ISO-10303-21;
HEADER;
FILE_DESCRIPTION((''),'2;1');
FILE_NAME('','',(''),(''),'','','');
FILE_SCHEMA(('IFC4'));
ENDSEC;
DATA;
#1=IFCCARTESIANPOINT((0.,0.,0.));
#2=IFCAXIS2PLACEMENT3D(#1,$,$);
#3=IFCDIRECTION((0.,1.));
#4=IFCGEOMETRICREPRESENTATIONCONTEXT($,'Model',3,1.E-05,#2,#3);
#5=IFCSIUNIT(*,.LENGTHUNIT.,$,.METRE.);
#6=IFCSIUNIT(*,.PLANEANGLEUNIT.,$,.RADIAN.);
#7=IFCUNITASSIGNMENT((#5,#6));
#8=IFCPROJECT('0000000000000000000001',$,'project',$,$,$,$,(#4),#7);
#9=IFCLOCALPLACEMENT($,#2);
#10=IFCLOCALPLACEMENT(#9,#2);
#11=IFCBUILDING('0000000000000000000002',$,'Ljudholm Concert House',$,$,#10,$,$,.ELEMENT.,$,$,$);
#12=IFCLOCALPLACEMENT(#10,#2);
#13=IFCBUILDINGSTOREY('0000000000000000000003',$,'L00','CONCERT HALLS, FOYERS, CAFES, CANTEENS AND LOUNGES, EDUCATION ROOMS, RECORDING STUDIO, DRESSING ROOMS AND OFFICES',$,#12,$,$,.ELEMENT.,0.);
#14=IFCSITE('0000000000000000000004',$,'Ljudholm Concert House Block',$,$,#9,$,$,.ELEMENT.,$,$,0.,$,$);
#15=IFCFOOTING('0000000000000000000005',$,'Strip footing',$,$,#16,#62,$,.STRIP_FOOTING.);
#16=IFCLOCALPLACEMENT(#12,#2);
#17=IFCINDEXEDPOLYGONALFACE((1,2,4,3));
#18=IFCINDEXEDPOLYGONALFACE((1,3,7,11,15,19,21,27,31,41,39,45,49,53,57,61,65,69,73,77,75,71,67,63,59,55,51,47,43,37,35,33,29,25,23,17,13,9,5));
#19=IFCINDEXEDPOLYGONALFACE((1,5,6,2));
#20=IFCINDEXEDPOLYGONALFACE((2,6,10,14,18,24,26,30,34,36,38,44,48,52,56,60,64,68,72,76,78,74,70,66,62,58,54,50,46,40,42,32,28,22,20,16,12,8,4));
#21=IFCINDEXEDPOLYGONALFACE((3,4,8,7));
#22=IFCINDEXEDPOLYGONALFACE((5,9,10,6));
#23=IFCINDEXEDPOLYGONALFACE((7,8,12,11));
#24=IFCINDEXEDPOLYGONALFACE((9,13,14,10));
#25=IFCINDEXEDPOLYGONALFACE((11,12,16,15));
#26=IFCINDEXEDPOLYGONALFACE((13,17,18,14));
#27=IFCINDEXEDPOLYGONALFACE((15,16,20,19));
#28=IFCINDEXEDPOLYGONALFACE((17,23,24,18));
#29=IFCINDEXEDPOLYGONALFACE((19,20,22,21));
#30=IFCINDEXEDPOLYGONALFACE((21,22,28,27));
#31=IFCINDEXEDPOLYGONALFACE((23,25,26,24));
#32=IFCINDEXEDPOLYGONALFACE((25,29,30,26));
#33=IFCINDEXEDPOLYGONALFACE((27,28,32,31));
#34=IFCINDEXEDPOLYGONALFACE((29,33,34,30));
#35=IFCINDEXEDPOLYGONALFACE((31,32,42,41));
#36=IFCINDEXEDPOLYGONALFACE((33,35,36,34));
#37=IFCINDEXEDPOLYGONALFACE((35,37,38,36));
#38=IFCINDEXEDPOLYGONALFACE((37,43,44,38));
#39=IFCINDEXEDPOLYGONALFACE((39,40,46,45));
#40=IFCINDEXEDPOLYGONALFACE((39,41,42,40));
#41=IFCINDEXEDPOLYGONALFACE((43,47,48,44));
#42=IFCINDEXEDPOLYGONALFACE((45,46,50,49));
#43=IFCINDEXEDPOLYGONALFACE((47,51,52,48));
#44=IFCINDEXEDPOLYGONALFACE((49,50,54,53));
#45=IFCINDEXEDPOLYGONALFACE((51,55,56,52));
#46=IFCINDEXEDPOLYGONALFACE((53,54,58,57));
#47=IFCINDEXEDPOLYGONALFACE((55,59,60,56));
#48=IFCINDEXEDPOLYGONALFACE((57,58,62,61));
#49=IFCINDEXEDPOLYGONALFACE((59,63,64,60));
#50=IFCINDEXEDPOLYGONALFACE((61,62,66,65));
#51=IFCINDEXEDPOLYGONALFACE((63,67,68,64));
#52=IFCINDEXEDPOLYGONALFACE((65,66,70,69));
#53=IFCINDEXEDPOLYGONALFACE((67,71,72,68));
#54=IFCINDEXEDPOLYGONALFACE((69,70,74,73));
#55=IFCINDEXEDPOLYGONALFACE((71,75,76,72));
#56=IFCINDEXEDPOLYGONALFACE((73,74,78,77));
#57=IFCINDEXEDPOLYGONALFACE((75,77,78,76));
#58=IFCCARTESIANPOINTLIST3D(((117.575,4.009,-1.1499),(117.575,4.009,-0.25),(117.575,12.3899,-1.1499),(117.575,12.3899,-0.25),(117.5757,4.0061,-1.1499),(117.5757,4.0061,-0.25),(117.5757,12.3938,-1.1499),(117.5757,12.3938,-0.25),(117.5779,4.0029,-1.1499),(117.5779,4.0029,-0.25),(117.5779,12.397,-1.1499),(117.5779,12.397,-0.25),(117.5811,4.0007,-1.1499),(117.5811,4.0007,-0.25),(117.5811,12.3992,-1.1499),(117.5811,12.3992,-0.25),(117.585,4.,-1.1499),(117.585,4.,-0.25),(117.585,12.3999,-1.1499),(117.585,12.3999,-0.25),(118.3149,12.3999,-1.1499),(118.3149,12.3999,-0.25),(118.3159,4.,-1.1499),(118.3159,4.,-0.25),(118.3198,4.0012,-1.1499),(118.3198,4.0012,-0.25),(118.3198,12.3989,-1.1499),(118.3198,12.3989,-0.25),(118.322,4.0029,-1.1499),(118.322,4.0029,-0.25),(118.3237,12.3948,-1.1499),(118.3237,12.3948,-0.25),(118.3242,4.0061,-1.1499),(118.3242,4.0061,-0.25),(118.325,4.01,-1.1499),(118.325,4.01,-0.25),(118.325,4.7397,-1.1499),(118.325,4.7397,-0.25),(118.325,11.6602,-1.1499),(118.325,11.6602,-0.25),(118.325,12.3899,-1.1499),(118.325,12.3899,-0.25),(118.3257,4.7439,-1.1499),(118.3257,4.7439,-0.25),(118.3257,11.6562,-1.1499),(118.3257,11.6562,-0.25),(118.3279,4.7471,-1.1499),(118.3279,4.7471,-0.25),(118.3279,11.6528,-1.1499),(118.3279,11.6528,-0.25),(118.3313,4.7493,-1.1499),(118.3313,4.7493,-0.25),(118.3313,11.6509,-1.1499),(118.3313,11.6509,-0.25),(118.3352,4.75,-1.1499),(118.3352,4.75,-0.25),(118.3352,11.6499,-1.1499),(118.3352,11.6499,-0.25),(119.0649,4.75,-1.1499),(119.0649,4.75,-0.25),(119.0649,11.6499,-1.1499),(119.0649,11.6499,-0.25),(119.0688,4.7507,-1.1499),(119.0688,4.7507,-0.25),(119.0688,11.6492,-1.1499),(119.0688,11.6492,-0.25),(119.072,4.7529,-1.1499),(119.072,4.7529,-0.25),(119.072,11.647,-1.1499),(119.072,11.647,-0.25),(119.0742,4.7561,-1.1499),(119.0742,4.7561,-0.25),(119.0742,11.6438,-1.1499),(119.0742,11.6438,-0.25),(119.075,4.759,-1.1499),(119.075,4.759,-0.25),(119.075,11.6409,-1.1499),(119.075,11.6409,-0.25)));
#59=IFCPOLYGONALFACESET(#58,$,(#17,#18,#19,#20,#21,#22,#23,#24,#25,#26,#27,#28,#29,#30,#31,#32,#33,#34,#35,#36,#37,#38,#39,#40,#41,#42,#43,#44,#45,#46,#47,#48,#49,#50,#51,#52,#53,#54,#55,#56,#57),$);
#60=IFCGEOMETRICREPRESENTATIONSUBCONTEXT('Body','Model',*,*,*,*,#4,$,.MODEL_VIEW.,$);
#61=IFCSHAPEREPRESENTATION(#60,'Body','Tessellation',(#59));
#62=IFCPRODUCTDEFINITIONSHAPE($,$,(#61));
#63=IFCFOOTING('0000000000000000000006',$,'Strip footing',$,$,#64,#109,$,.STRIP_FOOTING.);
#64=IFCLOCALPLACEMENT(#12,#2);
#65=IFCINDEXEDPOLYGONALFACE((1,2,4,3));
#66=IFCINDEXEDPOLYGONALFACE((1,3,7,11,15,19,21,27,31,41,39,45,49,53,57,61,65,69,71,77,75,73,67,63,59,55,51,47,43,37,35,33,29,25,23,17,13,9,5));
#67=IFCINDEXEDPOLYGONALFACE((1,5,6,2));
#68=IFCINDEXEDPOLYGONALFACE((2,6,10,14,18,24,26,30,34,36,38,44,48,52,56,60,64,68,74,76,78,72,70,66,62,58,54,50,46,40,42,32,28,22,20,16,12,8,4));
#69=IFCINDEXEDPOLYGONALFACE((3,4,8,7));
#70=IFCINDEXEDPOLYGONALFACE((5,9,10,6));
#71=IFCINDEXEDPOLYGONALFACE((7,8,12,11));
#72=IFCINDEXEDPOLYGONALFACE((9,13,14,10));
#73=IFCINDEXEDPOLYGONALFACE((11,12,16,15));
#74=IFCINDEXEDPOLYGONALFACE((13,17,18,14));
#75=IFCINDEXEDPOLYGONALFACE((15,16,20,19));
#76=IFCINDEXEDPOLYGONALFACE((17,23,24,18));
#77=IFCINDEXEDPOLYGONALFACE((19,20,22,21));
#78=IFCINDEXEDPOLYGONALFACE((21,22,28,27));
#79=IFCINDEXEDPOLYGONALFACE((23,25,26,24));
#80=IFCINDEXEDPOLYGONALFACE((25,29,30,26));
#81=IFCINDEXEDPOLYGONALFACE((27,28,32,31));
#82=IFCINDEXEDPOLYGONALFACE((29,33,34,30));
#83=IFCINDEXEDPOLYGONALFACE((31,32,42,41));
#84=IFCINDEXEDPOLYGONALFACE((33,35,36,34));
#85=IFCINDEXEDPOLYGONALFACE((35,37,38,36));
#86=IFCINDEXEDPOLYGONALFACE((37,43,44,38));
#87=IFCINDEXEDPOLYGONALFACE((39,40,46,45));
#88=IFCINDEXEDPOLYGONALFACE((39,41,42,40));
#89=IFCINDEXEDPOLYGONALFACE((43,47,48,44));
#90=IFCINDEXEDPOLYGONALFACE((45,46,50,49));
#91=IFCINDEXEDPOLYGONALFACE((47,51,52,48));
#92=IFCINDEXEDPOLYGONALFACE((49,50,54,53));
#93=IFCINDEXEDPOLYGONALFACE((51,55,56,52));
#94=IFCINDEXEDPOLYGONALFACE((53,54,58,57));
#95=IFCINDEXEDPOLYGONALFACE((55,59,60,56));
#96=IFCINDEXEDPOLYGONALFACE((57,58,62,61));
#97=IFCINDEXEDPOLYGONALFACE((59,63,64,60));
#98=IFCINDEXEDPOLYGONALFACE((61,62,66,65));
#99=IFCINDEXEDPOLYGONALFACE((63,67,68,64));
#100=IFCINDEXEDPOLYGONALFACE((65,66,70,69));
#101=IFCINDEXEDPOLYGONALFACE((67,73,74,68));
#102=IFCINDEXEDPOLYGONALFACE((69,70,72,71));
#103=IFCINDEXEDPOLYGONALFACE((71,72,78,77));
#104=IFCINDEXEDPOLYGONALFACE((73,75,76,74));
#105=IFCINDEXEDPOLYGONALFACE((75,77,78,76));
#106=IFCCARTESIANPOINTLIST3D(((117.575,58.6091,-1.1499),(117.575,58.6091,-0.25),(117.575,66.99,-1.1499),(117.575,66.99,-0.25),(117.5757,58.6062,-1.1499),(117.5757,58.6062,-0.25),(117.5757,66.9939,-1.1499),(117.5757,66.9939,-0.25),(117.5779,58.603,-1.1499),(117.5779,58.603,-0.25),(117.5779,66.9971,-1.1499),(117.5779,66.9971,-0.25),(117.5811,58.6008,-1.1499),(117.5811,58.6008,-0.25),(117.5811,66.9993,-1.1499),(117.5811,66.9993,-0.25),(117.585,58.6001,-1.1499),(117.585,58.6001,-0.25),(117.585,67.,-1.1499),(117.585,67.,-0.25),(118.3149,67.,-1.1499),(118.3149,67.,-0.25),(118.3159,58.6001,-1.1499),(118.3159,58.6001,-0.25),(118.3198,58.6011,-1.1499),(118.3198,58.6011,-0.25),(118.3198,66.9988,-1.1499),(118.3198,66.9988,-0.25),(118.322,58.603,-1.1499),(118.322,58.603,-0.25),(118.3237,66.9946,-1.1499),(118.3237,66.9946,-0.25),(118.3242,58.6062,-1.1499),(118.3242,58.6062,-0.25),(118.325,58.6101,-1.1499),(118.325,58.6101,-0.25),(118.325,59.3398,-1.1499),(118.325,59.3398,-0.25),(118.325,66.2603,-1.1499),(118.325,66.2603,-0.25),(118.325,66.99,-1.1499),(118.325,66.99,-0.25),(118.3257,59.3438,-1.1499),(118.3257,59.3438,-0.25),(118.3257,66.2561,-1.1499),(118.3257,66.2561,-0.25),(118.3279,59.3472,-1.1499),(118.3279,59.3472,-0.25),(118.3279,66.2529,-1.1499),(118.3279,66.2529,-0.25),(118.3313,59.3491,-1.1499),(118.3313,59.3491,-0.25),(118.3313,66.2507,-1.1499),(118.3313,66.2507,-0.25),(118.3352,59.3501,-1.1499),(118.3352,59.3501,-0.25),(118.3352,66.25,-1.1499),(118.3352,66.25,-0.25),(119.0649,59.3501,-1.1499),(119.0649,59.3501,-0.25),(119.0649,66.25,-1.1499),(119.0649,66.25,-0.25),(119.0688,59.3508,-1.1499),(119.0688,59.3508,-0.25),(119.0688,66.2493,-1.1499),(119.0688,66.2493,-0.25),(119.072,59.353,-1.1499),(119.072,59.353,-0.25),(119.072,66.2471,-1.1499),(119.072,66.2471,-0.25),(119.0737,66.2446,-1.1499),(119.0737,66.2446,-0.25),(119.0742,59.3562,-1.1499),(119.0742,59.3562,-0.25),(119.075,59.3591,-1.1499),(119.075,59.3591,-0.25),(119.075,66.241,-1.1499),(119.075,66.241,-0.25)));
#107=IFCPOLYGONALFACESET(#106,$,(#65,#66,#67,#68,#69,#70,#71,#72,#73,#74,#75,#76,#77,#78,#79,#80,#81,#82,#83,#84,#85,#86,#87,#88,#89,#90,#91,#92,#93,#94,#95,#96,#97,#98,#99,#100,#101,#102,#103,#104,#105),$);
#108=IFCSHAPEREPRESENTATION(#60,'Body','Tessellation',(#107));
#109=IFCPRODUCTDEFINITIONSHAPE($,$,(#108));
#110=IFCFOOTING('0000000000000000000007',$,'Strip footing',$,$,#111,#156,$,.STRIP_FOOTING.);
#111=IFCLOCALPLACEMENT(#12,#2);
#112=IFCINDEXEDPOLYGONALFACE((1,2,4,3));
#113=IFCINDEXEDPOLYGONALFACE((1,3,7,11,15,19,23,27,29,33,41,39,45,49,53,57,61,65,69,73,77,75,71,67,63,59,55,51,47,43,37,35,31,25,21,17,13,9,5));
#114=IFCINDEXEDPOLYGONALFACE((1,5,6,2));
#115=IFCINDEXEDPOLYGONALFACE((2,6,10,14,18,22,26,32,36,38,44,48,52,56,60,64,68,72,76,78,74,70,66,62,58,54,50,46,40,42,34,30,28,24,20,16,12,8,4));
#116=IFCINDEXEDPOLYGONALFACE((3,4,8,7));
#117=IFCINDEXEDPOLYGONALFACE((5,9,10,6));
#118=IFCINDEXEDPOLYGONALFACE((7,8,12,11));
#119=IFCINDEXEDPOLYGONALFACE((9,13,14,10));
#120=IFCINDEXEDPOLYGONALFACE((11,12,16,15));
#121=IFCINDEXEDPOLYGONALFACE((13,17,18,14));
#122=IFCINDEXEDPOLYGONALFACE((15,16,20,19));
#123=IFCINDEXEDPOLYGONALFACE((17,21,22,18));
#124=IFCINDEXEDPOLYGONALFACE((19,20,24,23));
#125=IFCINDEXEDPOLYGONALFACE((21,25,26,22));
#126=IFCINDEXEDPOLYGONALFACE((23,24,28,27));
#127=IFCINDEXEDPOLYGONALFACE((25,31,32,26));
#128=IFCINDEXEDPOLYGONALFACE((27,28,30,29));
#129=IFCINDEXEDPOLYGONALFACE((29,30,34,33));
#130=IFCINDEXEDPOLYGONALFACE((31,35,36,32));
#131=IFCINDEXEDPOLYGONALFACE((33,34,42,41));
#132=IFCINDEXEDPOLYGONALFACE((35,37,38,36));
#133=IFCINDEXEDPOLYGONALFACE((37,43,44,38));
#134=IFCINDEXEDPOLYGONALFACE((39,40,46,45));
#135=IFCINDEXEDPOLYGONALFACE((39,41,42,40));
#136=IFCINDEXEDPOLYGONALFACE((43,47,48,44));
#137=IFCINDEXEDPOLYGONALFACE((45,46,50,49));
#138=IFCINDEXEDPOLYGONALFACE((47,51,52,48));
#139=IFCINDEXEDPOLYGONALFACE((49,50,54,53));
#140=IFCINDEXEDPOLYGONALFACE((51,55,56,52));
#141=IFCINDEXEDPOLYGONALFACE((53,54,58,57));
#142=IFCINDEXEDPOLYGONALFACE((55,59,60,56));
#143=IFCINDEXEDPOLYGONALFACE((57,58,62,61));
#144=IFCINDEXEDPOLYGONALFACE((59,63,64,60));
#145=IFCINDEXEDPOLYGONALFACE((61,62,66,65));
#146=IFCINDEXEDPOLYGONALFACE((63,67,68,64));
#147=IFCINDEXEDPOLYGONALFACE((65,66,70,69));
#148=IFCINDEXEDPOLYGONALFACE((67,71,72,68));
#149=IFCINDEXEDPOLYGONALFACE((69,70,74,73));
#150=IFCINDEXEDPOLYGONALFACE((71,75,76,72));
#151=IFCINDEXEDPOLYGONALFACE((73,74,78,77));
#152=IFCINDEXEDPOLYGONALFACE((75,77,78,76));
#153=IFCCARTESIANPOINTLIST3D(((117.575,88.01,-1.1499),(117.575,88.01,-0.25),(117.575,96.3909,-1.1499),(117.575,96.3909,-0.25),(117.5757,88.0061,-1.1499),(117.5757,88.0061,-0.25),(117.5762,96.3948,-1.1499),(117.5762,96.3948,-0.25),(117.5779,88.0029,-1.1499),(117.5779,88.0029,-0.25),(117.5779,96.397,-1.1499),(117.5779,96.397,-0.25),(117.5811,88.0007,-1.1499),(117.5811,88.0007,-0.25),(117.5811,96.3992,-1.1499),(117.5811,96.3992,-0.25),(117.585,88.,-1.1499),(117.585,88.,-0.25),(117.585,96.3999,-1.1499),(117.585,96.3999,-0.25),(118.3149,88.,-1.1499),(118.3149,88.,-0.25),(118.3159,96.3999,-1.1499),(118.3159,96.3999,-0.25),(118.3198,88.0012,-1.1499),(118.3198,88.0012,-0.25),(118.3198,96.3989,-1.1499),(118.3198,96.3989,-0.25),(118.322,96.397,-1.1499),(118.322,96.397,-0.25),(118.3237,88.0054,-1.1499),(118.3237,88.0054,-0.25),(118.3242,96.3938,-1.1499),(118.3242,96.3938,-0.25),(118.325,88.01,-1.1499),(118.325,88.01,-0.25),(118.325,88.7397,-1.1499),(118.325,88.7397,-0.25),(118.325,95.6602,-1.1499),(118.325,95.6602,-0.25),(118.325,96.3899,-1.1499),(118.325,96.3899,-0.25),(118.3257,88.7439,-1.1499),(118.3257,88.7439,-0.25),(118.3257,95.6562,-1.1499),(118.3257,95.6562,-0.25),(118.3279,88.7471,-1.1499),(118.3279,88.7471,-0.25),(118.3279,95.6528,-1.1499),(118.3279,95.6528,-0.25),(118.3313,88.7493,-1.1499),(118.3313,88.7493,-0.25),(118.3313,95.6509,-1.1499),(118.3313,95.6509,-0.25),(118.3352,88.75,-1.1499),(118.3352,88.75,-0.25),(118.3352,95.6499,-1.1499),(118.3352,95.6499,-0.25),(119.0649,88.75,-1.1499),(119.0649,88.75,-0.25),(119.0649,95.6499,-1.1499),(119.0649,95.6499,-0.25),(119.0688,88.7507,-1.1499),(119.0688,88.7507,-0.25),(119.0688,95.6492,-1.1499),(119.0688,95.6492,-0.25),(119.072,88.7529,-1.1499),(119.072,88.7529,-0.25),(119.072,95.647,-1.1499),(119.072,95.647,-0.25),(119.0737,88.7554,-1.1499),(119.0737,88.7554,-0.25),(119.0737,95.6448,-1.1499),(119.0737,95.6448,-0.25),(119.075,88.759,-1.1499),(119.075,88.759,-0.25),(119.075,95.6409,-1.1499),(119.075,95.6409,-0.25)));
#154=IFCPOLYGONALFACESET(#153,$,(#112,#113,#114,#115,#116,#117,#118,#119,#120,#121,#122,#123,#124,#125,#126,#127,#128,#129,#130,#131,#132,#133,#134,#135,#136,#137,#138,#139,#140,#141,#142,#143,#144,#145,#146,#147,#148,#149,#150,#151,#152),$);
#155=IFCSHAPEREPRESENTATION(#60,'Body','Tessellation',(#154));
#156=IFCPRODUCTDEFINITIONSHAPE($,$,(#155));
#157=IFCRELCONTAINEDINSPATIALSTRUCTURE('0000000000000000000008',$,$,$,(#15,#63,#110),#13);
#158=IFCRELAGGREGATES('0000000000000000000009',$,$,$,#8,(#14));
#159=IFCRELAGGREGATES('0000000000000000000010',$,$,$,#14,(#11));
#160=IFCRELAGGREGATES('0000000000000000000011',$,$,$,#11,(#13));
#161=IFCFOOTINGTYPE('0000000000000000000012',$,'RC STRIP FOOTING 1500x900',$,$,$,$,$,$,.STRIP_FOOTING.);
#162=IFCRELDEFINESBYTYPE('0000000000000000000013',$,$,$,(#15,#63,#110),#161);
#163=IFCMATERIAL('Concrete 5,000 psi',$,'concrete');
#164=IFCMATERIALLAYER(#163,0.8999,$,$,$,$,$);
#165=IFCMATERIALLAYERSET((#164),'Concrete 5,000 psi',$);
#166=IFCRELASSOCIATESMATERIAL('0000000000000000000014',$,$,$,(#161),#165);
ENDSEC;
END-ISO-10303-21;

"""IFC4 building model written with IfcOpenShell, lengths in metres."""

from ifc_helpers import new_model, si_unit, direction, frame, origin, place, context, subcontext, project, spatial, polyline, outline, extrude, material, layer, layer_set, type_object, element, save


model = new_model("IFC4")

# Units and contexts
model_context = context("Model", 3, precision=1e-05, world=origin(), true_north=direction((0.0, 1.0)))
body_context = subcontext(model_context, "Body", "Model", "MODEL_VIEW")
ifc_project = project(units=[si_unit("LENGTHUNIT", "METRE"), si_unit("PLANEANGLEUNIT", "RADIAN")], contexts=[model_context])

# Site, building, storey
site_placement = place(None, origin())
site = spatial("IfcSite", under=ifc_project, at=site_placement, Name="Ljudholm Concert House Block", CompositionType="ELEMENT", RefElevation=0.0)
building_placement = place(site_placement, origin())
building = spatial("IfcBuilding", under=site, at=building_placement, Name="Ljudholm Concert House", CompositionType="ELEMENT")
storey_placement = place(building_placement, origin())
storey = spatial("IfcBuildingStorey", under=building, at=storey_placement, Name="L00", Description="CONCERT HALLS, FOYERS, CAFES, CANTEENS AND LOUNGES, EDUCATION ROOMS, RECORDING STUDIO, DRESSING ROOMS AND OFFICES", CompositionType="ELEMENT", Elevation=0.0)

# Footings
ifc_material = material(Name="Concrete 5,000 psi", Category="concrete")
ifc_layer = layer(ifc_material, 0.8999)
ifc_layer_set = layer_set([ifc_layer], Name="Concrete 5,000 psi")
footing_type = type_object("IfcFootingType", Name="RC STRIP FOOTING 1500x900", PredefinedType="STRIP_FOOTING", material=ifc_layer_set)
footing_1_placement = place(storey_placement, frame((0.0, 0.0, -1.1499)))
element("IfcFooting", 1, at=footing_1_placement, inside=storey, type_object=footing_type, Name="Strip footing", PredefinedType="STRIP_FOOTING", context=body_context, shape_type="SweptSolid", body=[
    extrude(outline(polyline([(117.575, 12.3899), (117.575, 4.009), (117.5757, 4.0061), (117.5779, 4.0029), (117.5811, 4.0007), (117.585, 4.0), (118.3159, 4.0), (118.3198, 4.0012), (118.322, 4.0029), (118.3242, 4.0061), (118.325, 4.01), (118.325, 4.7397), (118.3257, 4.7439), (118.3279, 4.7471), (118.3313, 4.7493), (118.3352, 4.75), (119.0649, 4.75), (119.0688, 4.7507), (119.072, 4.7529), (119.0742, 4.7561), (119.075, 4.759), (119.075, 11.6409), (119.0742, 11.6438), (119.072, 11.647), (119.0688, 11.6492), (119.0649, 11.6499), (118.3352, 11.6499), (118.3313, 11.6509), (118.3279, 11.6528), (118.3257, 11.6562), (118.325, 11.6602), (118.325, 12.3899), (118.3237, 12.3948), (118.3198, 12.3989), (118.3149, 12.3999), (117.585, 12.3999), (117.5811, 12.3992), (117.5779, 12.397), (117.5757, 12.3938), (117.575, 12.3899)])), origin(), (0.0, 0.0, 1.0), 0.8999),
])
footing_2_placement = place(storey_placement, frame((0.0, 0.0, -1.1499)))
element("IfcFooting", 2, at=footing_2_placement, inside=storey, type_object=footing_type, Name="Strip footing", PredefinedType="STRIP_FOOTING", context=body_context, shape_type="SweptSolid", body=[
    extrude(outline(polyline([(117.575, 66.99), (117.575, 58.6091), (117.5757, 58.6062), (117.5779, 58.603), (117.5811, 58.6008), (117.585, 58.6001), (118.3159, 58.6001), (118.3198, 58.6011), (118.322, 58.603), (118.3242, 58.6062), (118.325, 58.6101), (118.325, 59.3398), (118.3257, 59.3438), (118.3279, 59.3472), (118.3313, 59.3491), (118.3352, 59.3501), (119.0649, 59.3501), (119.0688, 59.3508), (119.072, 59.353), (119.0742, 59.3562), (119.075, 59.3591), (119.075, 66.241), (119.0737, 66.2446), (119.072, 66.2471), (119.0688, 66.2493), (119.0649, 66.25), (118.3352, 66.25), (118.3313, 66.2507), (118.3279, 66.2529), (118.3257, 66.2561), (118.325, 66.2603), (118.325, 66.99), (118.3237, 66.9946), (118.3198, 66.9988), (118.3149, 67.0), (117.585, 67.0), (117.5811, 66.9993), (117.5779, 66.9971), (117.5757, 66.9939), (117.575, 66.99)])), origin(), (0.0, 0.0, 1.0), 0.8999),
])
footing_3_placement = place(storey_placement, frame((0.0, 0.0, -1.1499)))
element("IfcFooting", 3, at=footing_3_placement, inside=storey, type_object=footing_type, Name="Strip footing", PredefinedType="STRIP_FOOTING", context=body_context, shape_type="SweptSolid", body=[
    extrude(outline(polyline([(117.585, 88.0), (118.3149, 88.0), (118.3198, 88.0012), (118.3237, 88.0054), (118.325, 88.01), (118.325, 88.7397), (118.3257, 88.7439), (118.3279, 88.7471), (118.3313, 88.7493), (118.3352, 88.75), (119.0649, 88.75), (119.0688, 88.7507), (119.072, 88.7529), (119.0737, 88.7554), (119.075, 88.759), (119.075, 95.6409), (119.0737, 95.6448), (119.072, 95.647), (119.0688, 95.6492), (119.0649, 95.6499), (118.3352, 95.6499), (118.3313, 95.6509), (118.3279, 95.6528), (118.3257, 95.6562), (118.325, 95.6602), (118.325, 96.3899), (118.3242, 96.3938), (118.322, 96.397), (118.3198, 96.3989), (118.3159, 96.3999), (117.585, 96.3999), (117.5811, 96.3992), (117.5779, 96.397), (117.5762, 96.3948), (117.575, 96.3909), (117.575, 88.01), (117.5757, 88.0061), (117.5779, 88.0029), (117.5811, 88.0007), (117.585, 88.0)])), origin(), (0.0, 0.0, 1.0), 0.8999),
])

save(model, "model.ifc")
